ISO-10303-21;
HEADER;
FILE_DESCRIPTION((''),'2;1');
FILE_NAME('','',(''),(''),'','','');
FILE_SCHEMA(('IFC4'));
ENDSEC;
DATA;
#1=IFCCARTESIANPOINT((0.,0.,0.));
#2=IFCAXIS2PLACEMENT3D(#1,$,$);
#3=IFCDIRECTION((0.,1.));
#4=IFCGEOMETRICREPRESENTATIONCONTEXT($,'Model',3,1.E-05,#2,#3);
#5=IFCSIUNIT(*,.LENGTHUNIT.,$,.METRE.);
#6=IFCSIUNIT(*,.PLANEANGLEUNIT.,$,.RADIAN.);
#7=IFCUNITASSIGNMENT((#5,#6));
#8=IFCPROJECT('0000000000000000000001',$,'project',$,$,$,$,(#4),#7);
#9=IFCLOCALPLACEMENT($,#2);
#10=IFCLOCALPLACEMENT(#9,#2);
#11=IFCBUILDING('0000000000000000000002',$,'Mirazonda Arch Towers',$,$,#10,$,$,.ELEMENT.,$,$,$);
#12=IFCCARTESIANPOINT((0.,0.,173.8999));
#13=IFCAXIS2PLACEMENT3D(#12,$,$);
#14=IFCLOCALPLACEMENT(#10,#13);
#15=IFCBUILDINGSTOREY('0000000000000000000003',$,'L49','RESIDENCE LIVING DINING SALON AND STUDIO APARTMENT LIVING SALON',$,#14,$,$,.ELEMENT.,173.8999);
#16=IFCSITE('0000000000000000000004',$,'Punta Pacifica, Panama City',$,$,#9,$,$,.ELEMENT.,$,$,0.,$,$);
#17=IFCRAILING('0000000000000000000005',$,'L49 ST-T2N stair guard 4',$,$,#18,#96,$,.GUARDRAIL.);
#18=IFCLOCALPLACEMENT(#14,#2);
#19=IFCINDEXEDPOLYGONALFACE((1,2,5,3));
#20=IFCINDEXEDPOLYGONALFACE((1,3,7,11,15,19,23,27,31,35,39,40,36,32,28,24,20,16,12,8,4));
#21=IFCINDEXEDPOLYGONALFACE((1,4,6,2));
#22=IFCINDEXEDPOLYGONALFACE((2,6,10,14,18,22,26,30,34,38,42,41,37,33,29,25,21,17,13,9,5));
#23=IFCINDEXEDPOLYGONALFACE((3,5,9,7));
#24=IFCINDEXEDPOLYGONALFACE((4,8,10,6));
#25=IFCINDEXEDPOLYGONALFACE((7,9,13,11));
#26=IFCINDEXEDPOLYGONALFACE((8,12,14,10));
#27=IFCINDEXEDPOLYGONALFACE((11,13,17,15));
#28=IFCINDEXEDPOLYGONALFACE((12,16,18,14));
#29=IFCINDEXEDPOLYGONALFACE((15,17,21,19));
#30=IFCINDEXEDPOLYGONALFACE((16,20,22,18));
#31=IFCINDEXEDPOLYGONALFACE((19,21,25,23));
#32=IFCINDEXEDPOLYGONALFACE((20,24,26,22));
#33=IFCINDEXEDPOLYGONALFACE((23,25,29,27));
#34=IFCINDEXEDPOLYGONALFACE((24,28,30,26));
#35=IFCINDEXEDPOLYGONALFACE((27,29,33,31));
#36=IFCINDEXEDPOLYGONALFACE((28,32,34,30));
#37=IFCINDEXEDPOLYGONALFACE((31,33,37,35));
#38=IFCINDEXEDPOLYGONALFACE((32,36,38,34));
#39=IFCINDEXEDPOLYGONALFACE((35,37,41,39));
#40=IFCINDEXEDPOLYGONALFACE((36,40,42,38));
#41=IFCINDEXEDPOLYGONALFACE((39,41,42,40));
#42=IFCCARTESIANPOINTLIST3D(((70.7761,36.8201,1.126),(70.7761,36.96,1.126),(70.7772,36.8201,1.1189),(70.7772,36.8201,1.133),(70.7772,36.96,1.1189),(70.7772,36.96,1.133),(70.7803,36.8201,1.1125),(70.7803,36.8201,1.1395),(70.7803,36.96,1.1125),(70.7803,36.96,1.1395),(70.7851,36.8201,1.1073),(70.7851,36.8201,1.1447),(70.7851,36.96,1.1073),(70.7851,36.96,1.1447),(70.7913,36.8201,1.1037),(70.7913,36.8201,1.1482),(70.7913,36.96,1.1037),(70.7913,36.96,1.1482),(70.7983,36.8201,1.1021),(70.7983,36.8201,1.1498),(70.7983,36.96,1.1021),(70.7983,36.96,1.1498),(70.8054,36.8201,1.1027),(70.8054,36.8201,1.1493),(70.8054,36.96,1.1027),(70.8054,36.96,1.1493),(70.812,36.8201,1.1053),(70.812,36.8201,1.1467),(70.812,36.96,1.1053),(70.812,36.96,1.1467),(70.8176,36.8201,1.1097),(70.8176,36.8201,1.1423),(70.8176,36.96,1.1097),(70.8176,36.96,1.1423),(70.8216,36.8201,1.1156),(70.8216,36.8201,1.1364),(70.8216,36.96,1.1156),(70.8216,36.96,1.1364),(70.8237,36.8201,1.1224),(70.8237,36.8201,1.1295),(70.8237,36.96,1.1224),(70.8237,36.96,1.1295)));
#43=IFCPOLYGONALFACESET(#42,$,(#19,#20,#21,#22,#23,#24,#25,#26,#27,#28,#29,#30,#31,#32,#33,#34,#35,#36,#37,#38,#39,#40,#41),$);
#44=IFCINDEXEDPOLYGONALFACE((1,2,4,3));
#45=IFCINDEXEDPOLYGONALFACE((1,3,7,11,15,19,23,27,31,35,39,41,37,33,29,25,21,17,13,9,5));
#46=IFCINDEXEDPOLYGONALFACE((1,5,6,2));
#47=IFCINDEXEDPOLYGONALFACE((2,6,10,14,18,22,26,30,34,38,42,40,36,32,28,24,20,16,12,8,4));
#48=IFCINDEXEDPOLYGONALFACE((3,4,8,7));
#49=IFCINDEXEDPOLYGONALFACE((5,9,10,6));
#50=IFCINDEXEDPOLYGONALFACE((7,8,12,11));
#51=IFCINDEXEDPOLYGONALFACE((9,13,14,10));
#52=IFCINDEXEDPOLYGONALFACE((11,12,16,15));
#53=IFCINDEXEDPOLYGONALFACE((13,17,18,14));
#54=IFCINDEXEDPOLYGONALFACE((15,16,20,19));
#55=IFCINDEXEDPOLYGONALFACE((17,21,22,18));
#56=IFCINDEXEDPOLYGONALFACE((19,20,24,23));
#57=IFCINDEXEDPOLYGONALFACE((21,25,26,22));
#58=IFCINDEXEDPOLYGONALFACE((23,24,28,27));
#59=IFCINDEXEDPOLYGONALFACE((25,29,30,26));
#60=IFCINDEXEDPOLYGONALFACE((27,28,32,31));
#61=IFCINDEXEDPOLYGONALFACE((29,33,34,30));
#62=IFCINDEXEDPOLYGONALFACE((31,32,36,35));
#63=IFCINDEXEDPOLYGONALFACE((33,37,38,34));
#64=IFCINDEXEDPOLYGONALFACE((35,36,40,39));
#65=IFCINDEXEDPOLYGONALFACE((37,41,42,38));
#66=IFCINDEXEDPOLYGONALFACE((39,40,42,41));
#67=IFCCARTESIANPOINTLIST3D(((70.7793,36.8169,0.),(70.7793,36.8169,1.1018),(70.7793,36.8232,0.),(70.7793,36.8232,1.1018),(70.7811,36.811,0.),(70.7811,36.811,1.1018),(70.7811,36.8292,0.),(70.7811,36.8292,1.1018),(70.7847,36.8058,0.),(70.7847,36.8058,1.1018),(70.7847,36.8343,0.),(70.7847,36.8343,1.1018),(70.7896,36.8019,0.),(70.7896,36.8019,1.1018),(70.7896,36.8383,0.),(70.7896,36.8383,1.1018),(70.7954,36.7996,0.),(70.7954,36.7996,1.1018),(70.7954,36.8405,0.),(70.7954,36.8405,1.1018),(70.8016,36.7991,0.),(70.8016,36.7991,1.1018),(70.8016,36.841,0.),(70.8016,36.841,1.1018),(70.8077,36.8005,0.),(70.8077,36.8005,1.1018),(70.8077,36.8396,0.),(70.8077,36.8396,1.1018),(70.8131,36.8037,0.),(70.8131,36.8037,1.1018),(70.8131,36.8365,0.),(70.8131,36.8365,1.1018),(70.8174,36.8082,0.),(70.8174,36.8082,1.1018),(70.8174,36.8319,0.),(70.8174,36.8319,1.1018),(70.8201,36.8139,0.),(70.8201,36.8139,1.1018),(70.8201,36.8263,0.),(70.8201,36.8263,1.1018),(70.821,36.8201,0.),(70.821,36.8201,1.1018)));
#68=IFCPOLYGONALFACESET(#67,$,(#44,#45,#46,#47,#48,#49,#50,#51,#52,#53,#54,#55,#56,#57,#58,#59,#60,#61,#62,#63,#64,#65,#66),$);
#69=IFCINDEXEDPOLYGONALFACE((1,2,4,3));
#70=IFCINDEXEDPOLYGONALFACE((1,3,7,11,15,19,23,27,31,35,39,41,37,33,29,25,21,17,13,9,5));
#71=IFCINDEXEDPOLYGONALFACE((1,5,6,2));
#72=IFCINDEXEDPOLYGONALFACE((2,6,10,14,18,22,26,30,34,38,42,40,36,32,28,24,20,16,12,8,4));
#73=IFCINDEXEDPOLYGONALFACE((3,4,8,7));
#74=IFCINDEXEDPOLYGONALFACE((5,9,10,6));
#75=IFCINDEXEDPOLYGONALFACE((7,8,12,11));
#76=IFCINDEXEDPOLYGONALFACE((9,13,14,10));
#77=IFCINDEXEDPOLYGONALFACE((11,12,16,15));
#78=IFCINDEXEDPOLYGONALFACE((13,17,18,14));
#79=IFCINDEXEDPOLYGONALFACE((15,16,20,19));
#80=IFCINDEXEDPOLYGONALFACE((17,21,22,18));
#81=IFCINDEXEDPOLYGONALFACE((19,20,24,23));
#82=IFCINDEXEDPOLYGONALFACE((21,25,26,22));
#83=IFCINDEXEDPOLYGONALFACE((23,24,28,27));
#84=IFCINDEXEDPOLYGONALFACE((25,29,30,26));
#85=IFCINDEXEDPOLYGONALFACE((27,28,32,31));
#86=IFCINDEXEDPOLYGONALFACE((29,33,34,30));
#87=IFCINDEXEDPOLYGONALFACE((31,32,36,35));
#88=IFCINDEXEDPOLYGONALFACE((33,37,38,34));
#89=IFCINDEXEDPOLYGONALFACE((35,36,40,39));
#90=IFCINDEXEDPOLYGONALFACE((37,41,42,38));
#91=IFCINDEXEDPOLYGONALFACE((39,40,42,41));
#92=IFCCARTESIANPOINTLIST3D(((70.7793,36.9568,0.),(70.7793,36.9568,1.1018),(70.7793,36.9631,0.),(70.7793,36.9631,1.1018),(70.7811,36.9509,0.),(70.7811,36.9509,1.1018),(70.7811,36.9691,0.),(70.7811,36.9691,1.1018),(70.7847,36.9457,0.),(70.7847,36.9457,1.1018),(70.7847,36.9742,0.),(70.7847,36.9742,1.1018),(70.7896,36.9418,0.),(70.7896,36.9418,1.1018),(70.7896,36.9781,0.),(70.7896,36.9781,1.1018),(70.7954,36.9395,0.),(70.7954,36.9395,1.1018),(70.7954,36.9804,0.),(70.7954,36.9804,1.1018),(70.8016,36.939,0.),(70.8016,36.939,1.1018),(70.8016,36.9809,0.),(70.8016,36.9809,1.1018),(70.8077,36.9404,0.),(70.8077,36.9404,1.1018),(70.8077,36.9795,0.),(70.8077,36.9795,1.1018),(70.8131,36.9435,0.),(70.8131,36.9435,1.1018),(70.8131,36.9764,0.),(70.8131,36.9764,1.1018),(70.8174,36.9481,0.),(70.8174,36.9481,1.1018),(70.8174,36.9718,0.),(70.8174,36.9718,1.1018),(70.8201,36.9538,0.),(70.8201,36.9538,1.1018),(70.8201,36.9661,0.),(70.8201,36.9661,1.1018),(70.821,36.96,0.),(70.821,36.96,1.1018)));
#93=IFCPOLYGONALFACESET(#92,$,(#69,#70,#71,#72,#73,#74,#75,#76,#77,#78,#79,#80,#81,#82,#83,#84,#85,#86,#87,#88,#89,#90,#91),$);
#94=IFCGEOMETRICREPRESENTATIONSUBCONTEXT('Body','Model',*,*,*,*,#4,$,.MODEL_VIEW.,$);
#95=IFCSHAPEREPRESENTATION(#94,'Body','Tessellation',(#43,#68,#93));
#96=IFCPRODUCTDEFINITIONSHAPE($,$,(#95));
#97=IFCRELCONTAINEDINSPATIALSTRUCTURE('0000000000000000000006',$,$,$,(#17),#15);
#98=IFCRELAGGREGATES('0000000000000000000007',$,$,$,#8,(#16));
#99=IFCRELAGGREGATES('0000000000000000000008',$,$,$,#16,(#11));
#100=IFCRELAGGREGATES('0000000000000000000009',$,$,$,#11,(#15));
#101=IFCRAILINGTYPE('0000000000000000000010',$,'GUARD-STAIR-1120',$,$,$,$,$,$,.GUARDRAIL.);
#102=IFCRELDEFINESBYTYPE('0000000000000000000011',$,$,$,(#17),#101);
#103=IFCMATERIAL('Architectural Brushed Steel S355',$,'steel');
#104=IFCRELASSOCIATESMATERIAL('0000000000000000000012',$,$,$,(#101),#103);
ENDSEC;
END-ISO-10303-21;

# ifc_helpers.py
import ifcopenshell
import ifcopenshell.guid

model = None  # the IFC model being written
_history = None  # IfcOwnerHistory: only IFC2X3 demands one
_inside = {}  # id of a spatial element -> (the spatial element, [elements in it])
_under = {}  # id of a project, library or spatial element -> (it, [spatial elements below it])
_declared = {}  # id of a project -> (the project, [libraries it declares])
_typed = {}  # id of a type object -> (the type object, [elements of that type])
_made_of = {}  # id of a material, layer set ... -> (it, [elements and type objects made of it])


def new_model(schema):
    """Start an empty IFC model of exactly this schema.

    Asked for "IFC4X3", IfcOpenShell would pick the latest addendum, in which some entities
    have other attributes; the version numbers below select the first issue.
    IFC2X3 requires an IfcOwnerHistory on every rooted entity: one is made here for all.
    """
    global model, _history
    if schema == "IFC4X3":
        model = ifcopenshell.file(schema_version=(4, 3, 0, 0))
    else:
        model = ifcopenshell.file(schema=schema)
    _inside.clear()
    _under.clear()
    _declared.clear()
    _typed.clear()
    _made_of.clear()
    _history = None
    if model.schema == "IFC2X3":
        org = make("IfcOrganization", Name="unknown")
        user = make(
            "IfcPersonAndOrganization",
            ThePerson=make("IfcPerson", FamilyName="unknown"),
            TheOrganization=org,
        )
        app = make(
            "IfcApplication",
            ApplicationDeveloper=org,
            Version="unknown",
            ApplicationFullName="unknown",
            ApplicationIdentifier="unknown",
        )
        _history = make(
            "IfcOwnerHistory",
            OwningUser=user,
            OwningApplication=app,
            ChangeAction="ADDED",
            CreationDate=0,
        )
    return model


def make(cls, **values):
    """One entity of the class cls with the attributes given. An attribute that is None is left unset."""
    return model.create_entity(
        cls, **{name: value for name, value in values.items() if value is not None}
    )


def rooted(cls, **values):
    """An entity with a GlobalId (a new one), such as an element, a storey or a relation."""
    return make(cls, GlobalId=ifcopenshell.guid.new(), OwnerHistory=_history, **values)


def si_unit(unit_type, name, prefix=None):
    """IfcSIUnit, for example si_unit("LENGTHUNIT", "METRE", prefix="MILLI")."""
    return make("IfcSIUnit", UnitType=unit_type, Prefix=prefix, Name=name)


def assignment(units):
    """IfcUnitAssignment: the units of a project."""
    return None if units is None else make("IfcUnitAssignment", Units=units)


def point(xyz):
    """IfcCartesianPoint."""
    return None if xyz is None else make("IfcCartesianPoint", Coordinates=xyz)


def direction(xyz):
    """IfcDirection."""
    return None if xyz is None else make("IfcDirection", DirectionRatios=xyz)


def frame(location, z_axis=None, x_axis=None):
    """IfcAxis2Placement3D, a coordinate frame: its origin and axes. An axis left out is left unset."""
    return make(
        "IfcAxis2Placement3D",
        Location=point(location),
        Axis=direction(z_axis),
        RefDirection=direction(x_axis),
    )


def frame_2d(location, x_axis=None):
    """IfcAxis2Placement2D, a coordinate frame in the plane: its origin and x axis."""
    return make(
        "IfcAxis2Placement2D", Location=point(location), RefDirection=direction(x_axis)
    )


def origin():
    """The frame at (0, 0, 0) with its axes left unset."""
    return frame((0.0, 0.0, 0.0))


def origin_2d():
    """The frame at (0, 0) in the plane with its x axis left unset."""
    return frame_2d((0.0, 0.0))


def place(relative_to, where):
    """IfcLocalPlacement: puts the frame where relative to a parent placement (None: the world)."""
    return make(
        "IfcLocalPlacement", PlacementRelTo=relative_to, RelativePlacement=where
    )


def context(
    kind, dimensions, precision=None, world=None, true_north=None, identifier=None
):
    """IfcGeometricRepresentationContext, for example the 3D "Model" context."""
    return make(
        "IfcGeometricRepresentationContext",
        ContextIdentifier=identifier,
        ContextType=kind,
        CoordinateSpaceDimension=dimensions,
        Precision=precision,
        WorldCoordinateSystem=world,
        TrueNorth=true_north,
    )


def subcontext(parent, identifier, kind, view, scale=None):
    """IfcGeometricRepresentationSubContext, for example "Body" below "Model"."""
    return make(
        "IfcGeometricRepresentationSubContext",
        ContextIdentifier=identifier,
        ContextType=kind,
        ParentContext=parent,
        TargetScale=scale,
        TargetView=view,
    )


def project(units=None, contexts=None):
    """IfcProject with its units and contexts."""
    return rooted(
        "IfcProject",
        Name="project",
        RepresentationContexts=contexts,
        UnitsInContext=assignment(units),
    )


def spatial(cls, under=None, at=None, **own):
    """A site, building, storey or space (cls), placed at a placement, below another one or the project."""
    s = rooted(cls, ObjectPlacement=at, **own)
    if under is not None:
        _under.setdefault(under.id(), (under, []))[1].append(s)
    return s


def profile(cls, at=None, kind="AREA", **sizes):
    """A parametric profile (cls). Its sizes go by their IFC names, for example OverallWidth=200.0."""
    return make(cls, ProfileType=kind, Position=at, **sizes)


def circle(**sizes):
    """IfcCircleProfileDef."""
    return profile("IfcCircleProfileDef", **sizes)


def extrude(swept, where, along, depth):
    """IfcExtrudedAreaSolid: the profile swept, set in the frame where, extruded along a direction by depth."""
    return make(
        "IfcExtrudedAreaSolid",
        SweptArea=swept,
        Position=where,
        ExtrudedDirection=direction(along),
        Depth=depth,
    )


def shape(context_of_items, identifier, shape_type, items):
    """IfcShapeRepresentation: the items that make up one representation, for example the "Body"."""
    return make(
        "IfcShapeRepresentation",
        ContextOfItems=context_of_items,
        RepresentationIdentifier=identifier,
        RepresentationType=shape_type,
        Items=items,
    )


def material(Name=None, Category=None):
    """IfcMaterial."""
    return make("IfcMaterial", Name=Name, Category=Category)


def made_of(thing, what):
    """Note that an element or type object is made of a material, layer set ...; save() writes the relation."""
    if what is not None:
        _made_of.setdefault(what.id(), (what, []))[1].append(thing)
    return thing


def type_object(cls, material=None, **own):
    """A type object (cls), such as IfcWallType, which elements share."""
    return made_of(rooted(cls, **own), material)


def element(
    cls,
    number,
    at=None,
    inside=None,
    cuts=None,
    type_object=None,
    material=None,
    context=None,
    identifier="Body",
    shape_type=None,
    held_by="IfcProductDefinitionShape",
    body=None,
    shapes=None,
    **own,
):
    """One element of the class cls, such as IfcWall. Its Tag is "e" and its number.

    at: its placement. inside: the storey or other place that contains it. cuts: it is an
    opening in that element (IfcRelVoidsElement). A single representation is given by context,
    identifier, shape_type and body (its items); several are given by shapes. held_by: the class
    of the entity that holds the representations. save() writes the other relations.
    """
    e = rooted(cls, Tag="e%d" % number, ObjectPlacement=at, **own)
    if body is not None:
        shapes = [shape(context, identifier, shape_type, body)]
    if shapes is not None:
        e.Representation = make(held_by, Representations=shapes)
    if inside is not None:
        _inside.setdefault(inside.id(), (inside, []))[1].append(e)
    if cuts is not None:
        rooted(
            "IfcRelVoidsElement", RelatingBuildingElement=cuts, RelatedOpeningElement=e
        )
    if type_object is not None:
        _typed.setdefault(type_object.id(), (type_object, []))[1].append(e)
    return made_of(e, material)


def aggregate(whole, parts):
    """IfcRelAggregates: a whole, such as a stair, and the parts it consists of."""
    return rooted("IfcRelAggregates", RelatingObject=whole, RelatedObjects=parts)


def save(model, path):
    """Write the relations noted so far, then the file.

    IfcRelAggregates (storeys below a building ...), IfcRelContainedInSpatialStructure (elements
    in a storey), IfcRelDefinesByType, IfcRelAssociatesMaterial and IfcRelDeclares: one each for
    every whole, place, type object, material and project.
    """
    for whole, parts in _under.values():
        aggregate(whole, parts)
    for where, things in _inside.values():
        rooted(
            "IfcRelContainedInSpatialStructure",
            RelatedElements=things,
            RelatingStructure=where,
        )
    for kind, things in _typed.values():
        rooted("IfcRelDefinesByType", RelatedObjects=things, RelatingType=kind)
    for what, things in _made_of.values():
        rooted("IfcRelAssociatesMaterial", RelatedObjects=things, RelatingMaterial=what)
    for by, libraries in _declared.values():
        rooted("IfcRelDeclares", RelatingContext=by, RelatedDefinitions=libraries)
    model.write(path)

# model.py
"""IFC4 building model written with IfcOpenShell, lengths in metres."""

from ifc_helpers import new_model, si_unit, direction, frame, origin, origin_2d, place, context, subcontext, project, spatial, circle, extrude, material, type_object, element, save


model = new_model("IFC4")

# Units and contexts
model_context = context("Model", 3, precision=1e-05, world=origin(), true_north=direction((0.0, 1.0)))
body_context = subcontext(model_context, "Body", "Model", "MODEL_VIEW")
ifc_project = project(units=[si_unit("LENGTHUNIT", "METRE"), si_unit("PLANEANGLEUNIT", "RADIAN")], contexts=[model_context])

# Site, building, storey
site_placement = place(None, origin())
site = spatial("IfcSite", under=ifc_project, at=site_placement, Name="Punta Pacifica, Panama City", CompositionType="ELEMENT", RefElevation=0.0)
building_placement = place(site_placement, origin())
building = spatial("IfcBuilding", under=site, at=building_placement, Name="Mirazonda Arch Towers", CompositionType="ELEMENT")
storey_placement = place(building_placement, frame((0.0, 0.0, 173.8999)))
storey = spatial("IfcBuildingStorey", under=building, at=storey_placement, Name="L49", Description="RESIDENCE LIVING DINING SALON AND STUDIO APARTMENT LIVING SALON", CompositionType="ELEMENT", Elevation=173.8999)

# Railing
ifc_material_1 = material(Name="Architectural Brushed Steel S355", Category="steel")
railing_type = type_object("IfcRailingType", Name="GUARD-STAIR-1120", PredefinedType="GUARDRAIL", material=ifc_material_1)
railing_1_placement = place(storey_placement, frame((70.8, 36.8201, 0.0)))
element("IfcRailing", 1, at=railing_1_placement, inside=storey, type_object=railing_type, Name="L49 ST-T2N stair guard 4", PredefinedType="GUARDRAIL", context=body_context, shape_type="SweptSolid", body=[
    extrude(circle(Radius=0.0239, at=origin_2d()), frame((0.0, 0.0, 1.126), z_axis=(0.0, 1.0, 0.0), x_axis=(-1.0, 0.0, 0.0)), (0.0, 0.0, 1.0), 0.1399),
    extrude(circle(Radius=0.021, at=origin_2d()), origin(), (0.0, 0.0, 1.0), 1.1018),
    extrude(circle(Radius=0.021, at=origin_2d()), frame((0.0, 0.1399, 0.0)), (0.0, 0.0, 1.0), 1.1018),
])

save(model, "model.ifc")
